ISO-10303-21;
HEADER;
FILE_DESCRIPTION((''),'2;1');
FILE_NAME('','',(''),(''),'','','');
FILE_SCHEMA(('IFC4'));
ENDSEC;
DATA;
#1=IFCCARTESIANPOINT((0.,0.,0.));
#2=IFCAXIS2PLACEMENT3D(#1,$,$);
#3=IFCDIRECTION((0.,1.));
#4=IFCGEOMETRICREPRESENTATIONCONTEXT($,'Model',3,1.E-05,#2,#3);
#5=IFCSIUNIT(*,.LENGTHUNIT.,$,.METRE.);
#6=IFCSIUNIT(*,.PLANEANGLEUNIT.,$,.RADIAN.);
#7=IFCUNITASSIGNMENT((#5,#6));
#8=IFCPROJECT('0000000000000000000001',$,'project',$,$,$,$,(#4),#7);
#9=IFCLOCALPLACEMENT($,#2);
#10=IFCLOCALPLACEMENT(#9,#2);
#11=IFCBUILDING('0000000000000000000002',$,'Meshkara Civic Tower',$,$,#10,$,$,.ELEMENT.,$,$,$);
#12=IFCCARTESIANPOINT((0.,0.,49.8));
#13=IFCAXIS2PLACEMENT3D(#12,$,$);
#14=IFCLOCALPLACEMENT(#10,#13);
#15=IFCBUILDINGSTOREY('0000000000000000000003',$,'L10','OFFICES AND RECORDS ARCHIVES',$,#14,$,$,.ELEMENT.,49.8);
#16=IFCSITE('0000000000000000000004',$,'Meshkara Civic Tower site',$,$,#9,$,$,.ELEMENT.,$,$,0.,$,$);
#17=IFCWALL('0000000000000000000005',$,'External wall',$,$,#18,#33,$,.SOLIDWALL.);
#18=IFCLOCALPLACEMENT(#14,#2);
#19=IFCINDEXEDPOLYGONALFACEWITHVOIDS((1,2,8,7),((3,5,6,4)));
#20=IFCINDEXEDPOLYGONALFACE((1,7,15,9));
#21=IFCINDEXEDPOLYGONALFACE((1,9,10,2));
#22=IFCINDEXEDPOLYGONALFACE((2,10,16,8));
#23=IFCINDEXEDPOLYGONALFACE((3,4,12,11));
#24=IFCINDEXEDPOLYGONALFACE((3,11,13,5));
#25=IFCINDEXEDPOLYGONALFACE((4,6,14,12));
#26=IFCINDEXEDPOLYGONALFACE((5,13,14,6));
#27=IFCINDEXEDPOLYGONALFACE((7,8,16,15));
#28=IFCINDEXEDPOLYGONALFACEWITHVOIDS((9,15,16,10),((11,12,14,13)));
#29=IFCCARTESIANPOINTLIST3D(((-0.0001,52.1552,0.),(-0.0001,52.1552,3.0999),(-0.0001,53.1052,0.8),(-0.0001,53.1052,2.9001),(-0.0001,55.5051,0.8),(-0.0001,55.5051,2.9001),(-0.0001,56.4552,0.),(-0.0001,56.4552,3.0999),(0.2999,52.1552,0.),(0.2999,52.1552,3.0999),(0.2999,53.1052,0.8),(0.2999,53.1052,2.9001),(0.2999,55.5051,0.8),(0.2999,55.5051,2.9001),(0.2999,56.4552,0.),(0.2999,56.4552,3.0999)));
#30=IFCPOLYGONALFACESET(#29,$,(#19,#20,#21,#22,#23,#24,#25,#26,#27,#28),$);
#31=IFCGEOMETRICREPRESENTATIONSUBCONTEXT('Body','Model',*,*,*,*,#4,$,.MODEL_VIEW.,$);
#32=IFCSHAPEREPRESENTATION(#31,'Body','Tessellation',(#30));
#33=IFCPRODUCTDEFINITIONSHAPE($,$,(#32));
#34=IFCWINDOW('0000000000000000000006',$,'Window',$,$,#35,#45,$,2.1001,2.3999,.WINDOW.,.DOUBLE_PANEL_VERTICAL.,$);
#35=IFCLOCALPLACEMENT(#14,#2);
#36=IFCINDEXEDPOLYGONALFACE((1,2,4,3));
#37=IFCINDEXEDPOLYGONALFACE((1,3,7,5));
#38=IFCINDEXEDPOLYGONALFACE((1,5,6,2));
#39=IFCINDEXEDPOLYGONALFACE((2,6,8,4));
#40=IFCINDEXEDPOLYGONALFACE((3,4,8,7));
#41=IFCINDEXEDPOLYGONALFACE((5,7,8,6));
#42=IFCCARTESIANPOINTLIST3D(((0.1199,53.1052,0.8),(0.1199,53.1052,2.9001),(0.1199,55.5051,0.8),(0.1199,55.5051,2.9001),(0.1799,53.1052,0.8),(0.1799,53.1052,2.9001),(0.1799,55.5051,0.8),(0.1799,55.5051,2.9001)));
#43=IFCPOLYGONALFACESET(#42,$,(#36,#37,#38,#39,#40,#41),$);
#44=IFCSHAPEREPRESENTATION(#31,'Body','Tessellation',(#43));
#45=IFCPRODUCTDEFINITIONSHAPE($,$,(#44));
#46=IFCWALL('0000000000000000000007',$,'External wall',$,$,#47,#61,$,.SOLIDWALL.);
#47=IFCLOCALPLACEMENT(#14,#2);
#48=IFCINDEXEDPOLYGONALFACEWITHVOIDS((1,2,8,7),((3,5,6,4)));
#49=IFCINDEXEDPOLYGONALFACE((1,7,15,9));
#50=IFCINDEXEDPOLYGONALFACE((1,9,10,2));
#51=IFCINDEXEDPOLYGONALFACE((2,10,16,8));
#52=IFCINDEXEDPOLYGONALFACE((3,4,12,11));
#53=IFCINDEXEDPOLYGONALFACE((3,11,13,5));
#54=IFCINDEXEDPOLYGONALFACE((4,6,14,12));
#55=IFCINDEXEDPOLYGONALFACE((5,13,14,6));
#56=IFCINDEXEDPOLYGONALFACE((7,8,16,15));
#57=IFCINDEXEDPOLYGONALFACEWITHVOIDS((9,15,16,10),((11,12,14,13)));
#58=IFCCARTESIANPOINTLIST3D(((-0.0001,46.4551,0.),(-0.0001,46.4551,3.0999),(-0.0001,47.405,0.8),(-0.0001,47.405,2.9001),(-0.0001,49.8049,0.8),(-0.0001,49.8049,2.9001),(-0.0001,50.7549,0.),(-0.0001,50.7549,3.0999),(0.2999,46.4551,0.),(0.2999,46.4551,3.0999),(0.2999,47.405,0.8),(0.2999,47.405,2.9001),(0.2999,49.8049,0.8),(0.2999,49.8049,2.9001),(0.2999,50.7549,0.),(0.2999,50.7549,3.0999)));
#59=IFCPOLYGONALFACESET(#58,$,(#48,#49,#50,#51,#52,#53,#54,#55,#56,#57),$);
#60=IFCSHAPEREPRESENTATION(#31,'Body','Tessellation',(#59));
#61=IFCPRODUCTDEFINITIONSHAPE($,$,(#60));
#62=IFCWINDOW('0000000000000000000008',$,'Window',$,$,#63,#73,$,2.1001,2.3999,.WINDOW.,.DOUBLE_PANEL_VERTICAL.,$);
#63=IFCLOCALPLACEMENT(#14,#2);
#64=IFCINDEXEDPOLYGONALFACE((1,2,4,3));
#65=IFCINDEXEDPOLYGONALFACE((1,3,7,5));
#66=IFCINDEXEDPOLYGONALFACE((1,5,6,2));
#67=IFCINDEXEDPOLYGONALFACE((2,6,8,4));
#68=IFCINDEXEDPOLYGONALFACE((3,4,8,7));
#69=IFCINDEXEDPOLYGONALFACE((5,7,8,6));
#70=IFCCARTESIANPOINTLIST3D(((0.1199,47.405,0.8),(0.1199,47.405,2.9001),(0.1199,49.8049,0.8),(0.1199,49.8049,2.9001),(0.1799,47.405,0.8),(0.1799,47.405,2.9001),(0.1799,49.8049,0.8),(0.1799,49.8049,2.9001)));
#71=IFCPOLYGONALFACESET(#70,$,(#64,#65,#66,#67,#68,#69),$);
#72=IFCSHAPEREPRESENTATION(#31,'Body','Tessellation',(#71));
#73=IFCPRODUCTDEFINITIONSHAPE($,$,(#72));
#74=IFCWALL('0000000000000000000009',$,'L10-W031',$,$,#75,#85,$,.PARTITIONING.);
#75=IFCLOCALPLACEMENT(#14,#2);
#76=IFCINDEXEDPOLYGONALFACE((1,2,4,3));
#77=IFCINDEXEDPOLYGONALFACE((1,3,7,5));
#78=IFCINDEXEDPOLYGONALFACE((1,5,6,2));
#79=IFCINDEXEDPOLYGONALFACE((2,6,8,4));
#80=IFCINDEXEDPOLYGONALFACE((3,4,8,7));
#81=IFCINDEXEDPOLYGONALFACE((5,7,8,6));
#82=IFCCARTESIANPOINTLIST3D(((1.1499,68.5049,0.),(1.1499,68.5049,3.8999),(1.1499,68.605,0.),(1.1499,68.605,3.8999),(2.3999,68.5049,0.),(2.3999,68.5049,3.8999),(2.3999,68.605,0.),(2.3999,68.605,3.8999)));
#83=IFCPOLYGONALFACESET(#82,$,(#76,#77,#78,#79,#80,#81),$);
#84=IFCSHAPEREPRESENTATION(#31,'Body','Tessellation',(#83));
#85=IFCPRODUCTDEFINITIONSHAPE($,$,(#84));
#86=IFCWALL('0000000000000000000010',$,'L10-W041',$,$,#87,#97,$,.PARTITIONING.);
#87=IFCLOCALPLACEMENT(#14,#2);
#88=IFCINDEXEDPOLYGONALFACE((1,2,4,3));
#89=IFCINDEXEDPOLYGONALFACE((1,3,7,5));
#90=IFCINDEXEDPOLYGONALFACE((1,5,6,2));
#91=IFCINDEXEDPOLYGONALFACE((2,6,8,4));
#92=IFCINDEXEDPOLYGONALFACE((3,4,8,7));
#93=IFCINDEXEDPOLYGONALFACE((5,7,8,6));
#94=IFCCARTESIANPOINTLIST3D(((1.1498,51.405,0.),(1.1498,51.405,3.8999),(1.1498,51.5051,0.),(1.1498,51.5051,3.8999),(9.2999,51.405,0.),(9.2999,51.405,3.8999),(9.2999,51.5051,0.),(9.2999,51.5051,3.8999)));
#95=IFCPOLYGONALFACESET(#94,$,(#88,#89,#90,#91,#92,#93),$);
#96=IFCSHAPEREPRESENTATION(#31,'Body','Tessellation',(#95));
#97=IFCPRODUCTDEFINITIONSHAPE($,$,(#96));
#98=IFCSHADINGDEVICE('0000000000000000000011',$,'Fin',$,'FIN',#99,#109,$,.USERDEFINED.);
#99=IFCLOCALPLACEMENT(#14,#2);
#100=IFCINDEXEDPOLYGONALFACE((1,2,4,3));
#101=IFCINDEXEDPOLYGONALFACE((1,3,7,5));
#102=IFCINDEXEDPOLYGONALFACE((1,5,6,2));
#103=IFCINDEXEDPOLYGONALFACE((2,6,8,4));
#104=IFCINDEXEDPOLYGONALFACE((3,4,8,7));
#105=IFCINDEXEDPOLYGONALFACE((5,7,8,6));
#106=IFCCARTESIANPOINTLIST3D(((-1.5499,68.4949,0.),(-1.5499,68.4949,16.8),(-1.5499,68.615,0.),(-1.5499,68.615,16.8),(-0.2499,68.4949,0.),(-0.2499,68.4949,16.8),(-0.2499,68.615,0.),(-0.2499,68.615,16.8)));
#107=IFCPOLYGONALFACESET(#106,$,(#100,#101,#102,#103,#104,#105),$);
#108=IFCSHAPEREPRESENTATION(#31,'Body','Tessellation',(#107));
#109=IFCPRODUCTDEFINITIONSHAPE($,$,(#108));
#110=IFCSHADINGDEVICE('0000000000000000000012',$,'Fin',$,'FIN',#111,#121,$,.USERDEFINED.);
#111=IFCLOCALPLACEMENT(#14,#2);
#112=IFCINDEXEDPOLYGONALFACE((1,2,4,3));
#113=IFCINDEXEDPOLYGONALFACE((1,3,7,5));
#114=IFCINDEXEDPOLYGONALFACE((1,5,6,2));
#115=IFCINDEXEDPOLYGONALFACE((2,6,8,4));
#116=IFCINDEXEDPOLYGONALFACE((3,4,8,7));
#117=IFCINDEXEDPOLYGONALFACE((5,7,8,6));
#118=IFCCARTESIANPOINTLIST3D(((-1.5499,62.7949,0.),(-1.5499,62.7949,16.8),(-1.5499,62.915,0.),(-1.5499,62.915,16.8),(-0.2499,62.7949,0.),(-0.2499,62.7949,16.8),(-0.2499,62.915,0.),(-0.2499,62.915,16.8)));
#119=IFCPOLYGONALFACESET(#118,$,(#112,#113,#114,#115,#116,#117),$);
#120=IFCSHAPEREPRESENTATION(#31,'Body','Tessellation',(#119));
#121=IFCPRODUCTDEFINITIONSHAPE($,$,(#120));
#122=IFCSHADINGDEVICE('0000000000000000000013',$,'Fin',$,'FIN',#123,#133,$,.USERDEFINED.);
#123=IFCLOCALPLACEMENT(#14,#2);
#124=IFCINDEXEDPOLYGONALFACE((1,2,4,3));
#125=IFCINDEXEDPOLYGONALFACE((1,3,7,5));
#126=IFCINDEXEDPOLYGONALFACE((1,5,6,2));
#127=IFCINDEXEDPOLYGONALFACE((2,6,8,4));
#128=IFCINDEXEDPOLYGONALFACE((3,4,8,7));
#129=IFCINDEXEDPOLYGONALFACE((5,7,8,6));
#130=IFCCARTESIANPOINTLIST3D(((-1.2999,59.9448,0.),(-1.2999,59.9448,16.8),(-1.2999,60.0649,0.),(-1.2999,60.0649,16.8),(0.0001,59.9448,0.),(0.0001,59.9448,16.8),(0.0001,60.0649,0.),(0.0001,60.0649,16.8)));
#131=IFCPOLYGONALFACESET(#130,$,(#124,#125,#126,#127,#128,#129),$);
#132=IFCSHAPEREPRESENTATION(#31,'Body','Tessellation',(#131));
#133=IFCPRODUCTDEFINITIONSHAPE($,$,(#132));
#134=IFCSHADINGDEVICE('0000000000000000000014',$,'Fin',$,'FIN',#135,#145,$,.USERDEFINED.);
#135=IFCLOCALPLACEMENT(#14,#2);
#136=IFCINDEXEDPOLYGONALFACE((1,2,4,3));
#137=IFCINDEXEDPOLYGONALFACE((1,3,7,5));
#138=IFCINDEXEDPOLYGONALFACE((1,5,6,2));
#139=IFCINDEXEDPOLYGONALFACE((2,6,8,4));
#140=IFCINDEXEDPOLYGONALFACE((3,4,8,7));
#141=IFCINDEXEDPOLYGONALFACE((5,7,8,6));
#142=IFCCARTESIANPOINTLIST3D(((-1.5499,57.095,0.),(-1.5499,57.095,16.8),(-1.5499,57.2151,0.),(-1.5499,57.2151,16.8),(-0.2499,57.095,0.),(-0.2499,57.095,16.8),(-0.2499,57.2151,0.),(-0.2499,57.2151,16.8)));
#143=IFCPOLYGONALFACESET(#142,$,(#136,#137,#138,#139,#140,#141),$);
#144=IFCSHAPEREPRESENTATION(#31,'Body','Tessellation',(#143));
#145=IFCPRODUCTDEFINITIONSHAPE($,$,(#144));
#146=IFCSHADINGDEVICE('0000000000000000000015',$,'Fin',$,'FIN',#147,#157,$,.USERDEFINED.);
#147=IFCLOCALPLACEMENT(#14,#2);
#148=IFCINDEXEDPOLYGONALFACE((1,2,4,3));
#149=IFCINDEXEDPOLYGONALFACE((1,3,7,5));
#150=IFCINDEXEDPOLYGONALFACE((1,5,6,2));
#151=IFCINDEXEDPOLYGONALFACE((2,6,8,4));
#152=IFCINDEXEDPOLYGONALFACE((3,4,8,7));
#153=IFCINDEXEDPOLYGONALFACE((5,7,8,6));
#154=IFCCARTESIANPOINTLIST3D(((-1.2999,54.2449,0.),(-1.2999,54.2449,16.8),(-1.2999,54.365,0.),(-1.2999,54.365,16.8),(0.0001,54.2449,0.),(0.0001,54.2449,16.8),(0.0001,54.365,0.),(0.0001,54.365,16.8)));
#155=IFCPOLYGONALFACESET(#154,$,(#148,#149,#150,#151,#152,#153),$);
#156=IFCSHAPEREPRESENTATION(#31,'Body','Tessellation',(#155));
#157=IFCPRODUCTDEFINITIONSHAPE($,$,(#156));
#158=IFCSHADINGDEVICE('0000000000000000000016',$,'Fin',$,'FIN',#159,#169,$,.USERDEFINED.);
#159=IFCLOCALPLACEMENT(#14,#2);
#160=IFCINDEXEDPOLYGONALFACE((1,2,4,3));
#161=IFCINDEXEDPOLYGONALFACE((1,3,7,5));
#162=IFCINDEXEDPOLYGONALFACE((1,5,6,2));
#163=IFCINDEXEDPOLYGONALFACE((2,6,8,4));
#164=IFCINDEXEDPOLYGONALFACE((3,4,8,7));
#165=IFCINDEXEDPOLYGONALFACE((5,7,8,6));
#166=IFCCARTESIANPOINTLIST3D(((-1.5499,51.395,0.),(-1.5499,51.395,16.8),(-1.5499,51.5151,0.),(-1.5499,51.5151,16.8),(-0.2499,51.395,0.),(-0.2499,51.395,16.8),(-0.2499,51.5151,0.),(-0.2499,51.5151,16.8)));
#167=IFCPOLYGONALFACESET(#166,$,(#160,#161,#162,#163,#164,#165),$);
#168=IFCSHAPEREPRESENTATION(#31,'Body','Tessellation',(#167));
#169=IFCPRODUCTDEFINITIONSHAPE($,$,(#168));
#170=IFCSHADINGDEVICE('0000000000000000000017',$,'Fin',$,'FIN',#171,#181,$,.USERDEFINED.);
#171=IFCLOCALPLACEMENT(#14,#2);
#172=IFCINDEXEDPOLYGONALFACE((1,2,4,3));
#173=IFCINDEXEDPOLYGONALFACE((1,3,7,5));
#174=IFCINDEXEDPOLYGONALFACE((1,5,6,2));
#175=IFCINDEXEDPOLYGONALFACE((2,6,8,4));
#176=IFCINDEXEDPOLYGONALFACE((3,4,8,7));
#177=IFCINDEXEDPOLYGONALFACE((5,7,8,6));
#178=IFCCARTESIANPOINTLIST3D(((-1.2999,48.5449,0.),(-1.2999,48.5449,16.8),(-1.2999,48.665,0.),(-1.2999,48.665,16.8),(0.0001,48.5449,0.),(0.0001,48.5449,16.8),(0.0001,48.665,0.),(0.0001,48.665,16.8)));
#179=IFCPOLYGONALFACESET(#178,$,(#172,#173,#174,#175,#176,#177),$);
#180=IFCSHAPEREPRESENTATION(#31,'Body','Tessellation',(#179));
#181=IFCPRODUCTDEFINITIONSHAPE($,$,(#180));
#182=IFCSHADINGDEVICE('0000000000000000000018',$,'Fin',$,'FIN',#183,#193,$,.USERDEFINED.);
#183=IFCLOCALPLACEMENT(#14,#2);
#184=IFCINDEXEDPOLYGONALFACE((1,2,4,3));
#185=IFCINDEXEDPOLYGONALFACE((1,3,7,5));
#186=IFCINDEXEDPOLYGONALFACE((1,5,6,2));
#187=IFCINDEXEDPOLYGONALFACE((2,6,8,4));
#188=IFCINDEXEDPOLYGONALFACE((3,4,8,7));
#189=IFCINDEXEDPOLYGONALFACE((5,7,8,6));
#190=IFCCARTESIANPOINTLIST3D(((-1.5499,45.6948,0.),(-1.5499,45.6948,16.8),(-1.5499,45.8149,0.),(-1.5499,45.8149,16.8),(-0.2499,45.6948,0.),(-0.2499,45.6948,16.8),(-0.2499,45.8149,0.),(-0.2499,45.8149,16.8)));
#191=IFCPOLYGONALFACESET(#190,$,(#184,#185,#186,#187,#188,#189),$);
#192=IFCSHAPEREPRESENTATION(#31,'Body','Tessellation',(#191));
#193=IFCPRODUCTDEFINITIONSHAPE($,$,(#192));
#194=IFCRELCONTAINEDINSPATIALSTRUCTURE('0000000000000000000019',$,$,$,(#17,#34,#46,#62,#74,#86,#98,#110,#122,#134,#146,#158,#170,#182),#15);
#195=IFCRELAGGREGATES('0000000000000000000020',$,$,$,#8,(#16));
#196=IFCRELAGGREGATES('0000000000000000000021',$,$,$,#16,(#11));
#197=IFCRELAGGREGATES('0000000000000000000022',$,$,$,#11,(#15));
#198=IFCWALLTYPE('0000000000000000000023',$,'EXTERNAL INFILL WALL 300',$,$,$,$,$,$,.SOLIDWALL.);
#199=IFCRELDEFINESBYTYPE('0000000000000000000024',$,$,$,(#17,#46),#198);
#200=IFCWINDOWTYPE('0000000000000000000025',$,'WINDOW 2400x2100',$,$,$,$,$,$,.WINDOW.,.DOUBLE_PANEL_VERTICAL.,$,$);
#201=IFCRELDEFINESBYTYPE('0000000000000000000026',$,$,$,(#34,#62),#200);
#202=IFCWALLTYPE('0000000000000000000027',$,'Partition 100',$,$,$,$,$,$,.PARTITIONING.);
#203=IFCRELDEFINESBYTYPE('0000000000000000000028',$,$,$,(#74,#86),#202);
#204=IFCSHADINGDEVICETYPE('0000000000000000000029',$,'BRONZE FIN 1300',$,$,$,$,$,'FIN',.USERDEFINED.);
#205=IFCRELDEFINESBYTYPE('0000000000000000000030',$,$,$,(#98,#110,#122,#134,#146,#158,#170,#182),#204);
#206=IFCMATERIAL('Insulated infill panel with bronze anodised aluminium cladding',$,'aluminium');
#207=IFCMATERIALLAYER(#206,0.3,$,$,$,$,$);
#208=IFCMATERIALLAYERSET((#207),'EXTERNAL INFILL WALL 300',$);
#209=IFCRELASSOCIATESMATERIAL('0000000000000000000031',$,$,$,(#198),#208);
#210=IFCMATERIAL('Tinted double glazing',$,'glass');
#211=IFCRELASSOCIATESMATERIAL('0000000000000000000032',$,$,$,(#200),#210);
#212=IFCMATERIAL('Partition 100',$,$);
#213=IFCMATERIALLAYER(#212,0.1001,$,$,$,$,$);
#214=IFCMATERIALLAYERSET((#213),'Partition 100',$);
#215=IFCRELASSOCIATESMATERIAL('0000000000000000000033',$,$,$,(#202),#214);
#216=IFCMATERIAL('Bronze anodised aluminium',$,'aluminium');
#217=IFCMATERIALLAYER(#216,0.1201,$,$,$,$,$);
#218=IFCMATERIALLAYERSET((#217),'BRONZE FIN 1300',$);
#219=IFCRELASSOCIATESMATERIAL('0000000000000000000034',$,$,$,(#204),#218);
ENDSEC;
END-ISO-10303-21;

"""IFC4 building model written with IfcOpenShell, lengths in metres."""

from ifc_helpers import new_model, si_unit, direction, frame, frame_2d, origin, origin_2d, place, context, subcontext, project, spatial, rectangle, extrude, material, layer, layer_set, type_object, element, fill, save


model = new_model("IFC4")

# Units and contexts
model_context = context("Model", 3, precision=1e-05, world=origin(), true_north=direction((0.0, 1.0)))
body_context = subcontext(model_context, "Body", "Model", "MODEL_VIEW")
ifc_project = project(units=[si_unit("LENGTHUNIT", "METRE"), si_unit("PLANEANGLEUNIT", "RADIAN")], contexts=[model_context])

# Site, building, storey
site_placement = place(None, origin())
site = spatial("IfcSite", under=ifc_project, at=site_placement, Name="Meshkara Civic Tower site", CompositionType="ELEMENT", RefElevation=0.0)
building_placement = place(site_placement, origin())
building = spatial("IfcBuilding", under=site, at=building_placement, Name="Meshkara Civic Tower", CompositionType="ELEMENT")
storey_placement = place(building_placement, frame((0.0, 0.0, 49.8)))
storey = spatial("IfcBuildingStorey", under=building, at=storey_placement, Name="L10", Description="OFFICES AND RECORDS ARCHIVES", CompositionType="ELEMENT", Elevation=49.8)

# Walls, openings, windows
ifc_material_1 = material(Name="Insulated infill panel with bronze anodised aluminium cladding", Category="aluminium")
ifc_layer_1 = layer(ifc_material_1, 0.3)
ifc_layer_set_1 = layer_set([ifc_layer_1], Name="EXTERNAL INFILL WALL 300")
wall_type_1 = type_object("IfcWallType", Name="EXTERNAL INFILL WALL 300", PredefinedType="SOLIDWALL", material=ifc_layer_set_1)
ifc_material_2 = material(Name="Tinted double glazing", Category="glass")
window_type = type_object("IfcWindowType", Name="WINDOW 2400x2100", PartitioningType="DOUBLE_PANEL_VERTICAL", PredefinedType="WINDOW", material=ifc_material_2)
wall_1_placement = place(storey_placement, frame((0.1499, 56.4551, 0.0), z_axis=(0.0, 0.0, 1.0), x_axis=(0.0, -1.0, 0.0)))
wall_1 = element("IfcWall", 1, at=wall_1_placement, inside=storey, type_object=wall_type_1, Name="External wall", PredefinedType="SOLIDWALL", context=body_context, shape_type="SweptSolid", body=[
    extrude(rectangle(XDim=4.3, YDim=0.3, at=frame_2d((2.1499, 0.0))), origin(), (0.0, 0.0, 1.0), 3.0999),
])
opening_1_placement = place(wall_1_placement, frame((0.95, 0.0, 0.8)))
opening_1 = element("IfcOpeningElement", 2, at=opening_1_placement, cuts=wall_1, PredefinedType="OPENING", context=body_context, shape_type="SweptSolid", body=[
    extrude(rectangle(XDim=2.3999, YDim=2.1001, at=frame_2d((1.2, 1.05))), frame((0.0, 0.1599, 0.0), z_axis=(0.0, -1.0, 0.0), x_axis=(1.0, 0.0, 0.0)), (0.0, 0.0, 1.0), 0.3201),
])
window_1_placement = place(opening_1_placement, origin())
window_1 = element("IfcWindow", 3, at=window_1_placement, inside=storey, type_object=window_type, Name="Window", OverallHeight=2.1001, OverallWidth=2.3999, PartitioningType="DOUBLE_PANEL_VERTICAL", PredefinedType="WINDOW", context=body_context, shape_type="SweptSolid", body=[
    extrude(rectangle(XDim=2.3999, YDim=2.1001, at=frame_2d((1.2, 1.05))), frame((0.0, 0.03, 0.0), z_axis=(0.0, -1.0, 0.0), x_axis=(1.0, 0.0, 0.0)), (0.0, 0.0, 1.0), 0.0601),
])
fill(opening_1, window_1)
wall_2_placement = place(storey_placement, frame((0.1499, 50.7549, 0.0), z_axis=(0.0, 0.0, 1.0), x_axis=(0.0, -1.0, 0.0)))
wall_2 = element("IfcWall", 4, at=wall_2_placement, inside=storey, type_object=wall_type_1, Name="External wall", PredefinedType="SOLIDWALL", context=body_context, shape_type="SweptSolid", body=[
    extrude(rectangle(XDim=4.2998, YDim=0.3, at=frame_2d((2.1499, 0.0))), origin(), (0.0, 0.0, 1.0), 3.0999),
])
opening_2_placement = place(wall_2_placement, frame((0.95, 0.0, 0.8)))
opening_2 = element("IfcOpeningElement", 5, at=opening_2_placement, cuts=wall_2, PredefinedType="OPENING", context=body_context, shape_type="SweptSolid", body=[
    extrude(rectangle(XDim=2.3999, YDim=2.1001, at=frame_2d((1.2, 1.05))), frame((0.0, 0.1599, 0.0), z_axis=(0.0, -1.0, 0.0), x_axis=(1.0, 0.0, 0.0)), (0.0, 0.0, 1.0), 0.3201),
])
window_2_placement = place(opening_2_placement, origin())
window_2 = element("IfcWindow", 6, at=window_2_placement, inside=storey, type_object=window_type, Name="Window", OverallHeight=2.1001, OverallWidth=2.3999, PartitioningType="DOUBLE_PANEL_VERTICAL", PredefinedType="WINDOW", context=body_context, shape_type="SweptSolid", body=[
    extrude(rectangle(XDim=2.3999, YDim=2.1001, at=frame_2d((1.2, 1.05))), frame((0.0, 0.03, 0.0), z_axis=(0.0, -1.0, 0.0), x_axis=(1.0, 0.0, 0.0)), (0.0, 0.0, 1.0), 0.0601),
])
fill(opening_2, window_2)

# Walls
ifc_material_3 = material(Name="Partition 100")
ifc_layer_2 = layer(ifc_material_3, 0.1001)
ifc_layer_set_2 = layer_set([ifc_layer_2], Name="Partition 100")
wall_type_2 = type_object("IfcWallType", Name="Partition 100", PredefinedType="PARTITIONING", material=ifc_layer_set_2)
wall_3_placement = place(storey_placement, frame((2.3999, 68.5549, 0.0), z_axis=(0.0, 0.0, 1.0), x_axis=(-1.0, 0.0, 0.0)))
element("IfcWall", 7, at=wall_3_placement, inside=storey, type_object=wall_type_2, Name="L10-W031", PredefinedType="PARTITIONING", context=body_context, shape_type="SweptSolid", body=[
    extrude(rectangle(XDim=1.25, YDim=0.1001, at=frame_2d((0.625, 0.0))), origin(), (0.0, 0.0, 1.0), 3.8999),
])
wall_4_placement = place(storey_placement, frame((9.3, 51.4551, 0.0), z_axis=(0.0, 0.0, 1.0), x_axis=(-1.0, 0.0, 0.0)))
element("IfcWall", 8, at=wall_4_placement, inside=storey, type_object=wall_type_2, Name="L10-W041", PredefinedType="PARTITIONING", context=body_context, shape_type="SweptSolid", body=[
    extrude(rectangle(XDim=8.1501, YDim=0.1001, at=frame_2d((4.0752, 0.0))), origin(), (0.0, 0.0, 1.0), 3.8999),
])

# Shading devices
ifc_material_4 = material(Name="Bronze anodised aluminium", Category="aluminium")
ifc_layer_3 = layer(ifc_material_4, 0.1201)
ifc_layer_set_3 = layer_set([ifc_layer_3], Name="BRONZE FIN 1300")
shading_device_type = type_object("IfcShadingDeviceType", Name="BRONZE FIN 1300", ElementType="FIN", PredefinedType="USERDEFINED", material=ifc_layer_set_3)
for number, where, z_axis, x_axis, name in (
    (9, (-0.8999, 68.5549, 0.0), (0.0, 0.0, 1.0), (0.0, -1.0, 0.0), "Fin"),
    (10, (-0.8999, 62.855, 0.0), (0.0, 0.0, 1.0), (0.0, -1.0, 0.0), "Fin"),
    (11, (-0.6499, 60.0049, 0.0), (0.0, 0.0, 1.0), (0.0, -1.0, 0.0), "Fin"),
    (12, (-0.8999, 57.155, 0.0), (0.0, 0.0, 1.0), (0.0, -1.0, 0.0), "Fin"),
    (13, (-0.6499, 54.3049, 0.0), (0.0, 0.0, 1.0), (0.0, -1.0, 0.0), "Fin"),
    (14, (-0.8999, 51.4551, 0.0), (0.0, 0.0, 1.0), (0.0, -1.0, 0.0), "Fin"),
    (15, (-0.6499, 48.605, 0.0), (0.0, 0.0, 1.0), (0.0, -1.0, 0.0), "Fin"),
    (16, (-0.8999, 45.7549, 0.0), (0.0, 0.0, 1.0), (0.0, -1.0, 0.0), "Fin"),
):
    element("IfcShadingDevice", number, at=place(storey_placement, frame(where, z_axis=z_axis, x_axis=x_axis)), inside=storey, type_object=shading_device_type, Name=name, ObjectType="FIN", PredefinedType="USERDEFINED", context=body_context, shape_type="SweptSolid", body=[
        extrude(rectangle(XDim=0.1201, YDim=1.3, at=origin_2d()), origin(), (0.0, 0.0, 1.0), 16.8),
    ])

save(model, "model.ifc")
